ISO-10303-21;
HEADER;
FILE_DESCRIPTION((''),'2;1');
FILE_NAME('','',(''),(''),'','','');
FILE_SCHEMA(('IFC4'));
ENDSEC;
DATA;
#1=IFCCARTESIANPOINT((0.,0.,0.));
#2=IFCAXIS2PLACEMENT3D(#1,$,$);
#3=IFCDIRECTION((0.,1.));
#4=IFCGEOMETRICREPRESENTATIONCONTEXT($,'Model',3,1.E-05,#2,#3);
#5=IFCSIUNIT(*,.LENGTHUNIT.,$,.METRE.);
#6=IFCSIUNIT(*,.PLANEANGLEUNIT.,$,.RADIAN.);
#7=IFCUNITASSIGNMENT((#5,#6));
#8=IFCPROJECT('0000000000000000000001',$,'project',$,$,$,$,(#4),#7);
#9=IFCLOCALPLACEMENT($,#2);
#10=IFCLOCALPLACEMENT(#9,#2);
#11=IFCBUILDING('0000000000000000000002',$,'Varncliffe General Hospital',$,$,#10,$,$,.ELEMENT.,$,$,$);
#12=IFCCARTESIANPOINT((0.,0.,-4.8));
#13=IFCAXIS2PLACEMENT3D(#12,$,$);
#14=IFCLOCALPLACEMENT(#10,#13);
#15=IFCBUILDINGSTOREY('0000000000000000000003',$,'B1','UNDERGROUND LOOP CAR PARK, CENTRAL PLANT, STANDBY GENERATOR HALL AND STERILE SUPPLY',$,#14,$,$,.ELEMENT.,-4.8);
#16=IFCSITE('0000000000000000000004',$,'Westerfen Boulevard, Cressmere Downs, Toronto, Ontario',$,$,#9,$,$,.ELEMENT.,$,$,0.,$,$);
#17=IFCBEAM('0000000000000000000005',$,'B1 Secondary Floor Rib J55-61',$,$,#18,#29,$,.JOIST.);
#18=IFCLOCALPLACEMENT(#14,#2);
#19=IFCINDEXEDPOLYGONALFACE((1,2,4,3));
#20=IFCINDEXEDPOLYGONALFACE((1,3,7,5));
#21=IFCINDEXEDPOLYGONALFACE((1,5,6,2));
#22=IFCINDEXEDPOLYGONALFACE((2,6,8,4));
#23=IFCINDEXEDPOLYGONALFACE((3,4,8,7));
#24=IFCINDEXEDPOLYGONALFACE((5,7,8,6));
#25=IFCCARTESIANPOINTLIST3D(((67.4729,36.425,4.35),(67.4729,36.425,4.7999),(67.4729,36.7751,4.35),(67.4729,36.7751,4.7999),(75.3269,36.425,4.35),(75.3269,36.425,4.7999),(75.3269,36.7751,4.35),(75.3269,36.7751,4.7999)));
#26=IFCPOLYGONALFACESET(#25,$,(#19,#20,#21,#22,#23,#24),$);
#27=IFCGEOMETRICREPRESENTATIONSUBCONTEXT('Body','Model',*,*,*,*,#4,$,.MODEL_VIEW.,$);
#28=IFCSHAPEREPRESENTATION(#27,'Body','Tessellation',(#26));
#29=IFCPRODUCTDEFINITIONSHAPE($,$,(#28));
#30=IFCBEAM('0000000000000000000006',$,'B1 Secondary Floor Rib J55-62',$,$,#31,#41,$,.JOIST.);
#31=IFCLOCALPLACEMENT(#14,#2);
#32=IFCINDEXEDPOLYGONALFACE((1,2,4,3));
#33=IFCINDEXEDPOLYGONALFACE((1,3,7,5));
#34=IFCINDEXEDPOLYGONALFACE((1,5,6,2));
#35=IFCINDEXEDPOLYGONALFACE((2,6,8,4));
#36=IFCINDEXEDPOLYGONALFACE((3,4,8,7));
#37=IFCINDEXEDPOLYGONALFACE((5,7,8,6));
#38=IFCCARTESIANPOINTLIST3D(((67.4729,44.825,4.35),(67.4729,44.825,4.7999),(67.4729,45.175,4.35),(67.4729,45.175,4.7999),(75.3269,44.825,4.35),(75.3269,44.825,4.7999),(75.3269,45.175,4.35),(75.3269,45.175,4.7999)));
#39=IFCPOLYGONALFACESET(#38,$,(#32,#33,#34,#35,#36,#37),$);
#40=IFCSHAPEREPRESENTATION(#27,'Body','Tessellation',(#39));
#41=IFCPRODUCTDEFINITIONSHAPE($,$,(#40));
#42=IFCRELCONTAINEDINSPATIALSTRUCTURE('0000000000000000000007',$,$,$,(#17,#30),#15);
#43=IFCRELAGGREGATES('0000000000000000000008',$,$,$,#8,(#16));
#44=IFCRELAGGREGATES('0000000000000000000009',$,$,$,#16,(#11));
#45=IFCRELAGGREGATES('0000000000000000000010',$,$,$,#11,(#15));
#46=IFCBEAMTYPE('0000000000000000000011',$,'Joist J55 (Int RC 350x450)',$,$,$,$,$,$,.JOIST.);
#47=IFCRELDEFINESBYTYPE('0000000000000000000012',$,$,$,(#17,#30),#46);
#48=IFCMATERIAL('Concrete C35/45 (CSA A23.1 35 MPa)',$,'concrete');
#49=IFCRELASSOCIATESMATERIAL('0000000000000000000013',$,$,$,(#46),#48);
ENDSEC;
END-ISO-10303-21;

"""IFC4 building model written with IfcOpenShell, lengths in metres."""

from ifc_helpers import new_model, si_unit, direction, frame, origin, origin_2d, place, context, subcontext, project, spatial, rectangle, extrude, material, material_profile, profile_set, type_object, element, save


model = new_model("IFC4")

# Units and contexts
model_context = context("Model", 3, precision=1e-05, world=origin(), true_north=direction((0.0, 1.0)))
body_context = subcontext(model_context, "Body", "Model", "MODEL_VIEW")
ifc_project = project(units=[si_unit("LENGTHUNIT", "METRE"), si_unit("PLANEANGLEUNIT", "RADIAN")], contexts=[model_context])

# Site, building, storey
site_placement = place(None, origin())
site = spatial("IfcSite", under=ifc_project, at=site_placement, Name="Westerfen Boulevard, Cressmere Downs, Toronto, Ontario", CompositionType="ELEMENT", RefElevation=0.0)
building_placement = place(site_placement, origin())
building = spatial("IfcBuilding", under=site, at=building_placement, Name="Varncliffe General Hospital", CompositionType="ELEMENT")
storey_placement = place(building_placement, frame((0.0, 0.0, -4.8)))
storey = spatial("IfcBuildingStorey", under=building, at=storey_placement, Name="B1", Description="UNDERGROUND LOOP CAR PARK, CENTRAL PLANT, STANDBY GENERATOR HALL AND STERILE SUPPLY", CompositionType="ELEMENT", Elevation=-4.8)

# Beams
ifc_material_1 = material(Name="Concrete C35/45 (CSA A23.1 35 MPa)", Category="concrete")
ifc_material_profile_1 = material_profile(ifc_material_1, rectangle(XDim=0.3501, YDim=0.45, at=origin_2d()), Name="RC 350x450")
ifc_profile_set_1 = profile_set([ifc_material_profile_1], Name="Concrete C35/45 (CSA A23.1 35 MPa)")
beam_type_1 = type_object("IfcBeamType", Name="Joist J55 (Int RC 350x450)", PredefinedType="JOIST", material=ifc_profile_set_1)
for number, where, z_axis, x_axis, name in (
    (1, (67.4729, 36.6001, 4.575), (1.0, 0.0, 0.0), (0.0, 1.0, 0.0), "B1 Secondary Floor Rib J55-61"),
    (2, (67.4729, 45.0, 4.575), (1.0, 0.0, 0.0), (0.0, 1.0, 0.0), "B1 Secondary Floor Rib J55-62"),
):
    element("IfcBeam", number, at=place(storey_placement, frame(where, z_axis=z_axis, x_axis=x_axis)), inside=storey, type_object=beam_type_1, Name=name, PredefinedType="JOIST", context=body_context, shape_type="SweptSolid", body=[
        extrude(rectangle(XDim=0.3501, YDim=0.45, at=origin_2d()), origin(), (0.0, 0.0, 1.0), 7.854),
    ])

save(model, "model.ifc")
